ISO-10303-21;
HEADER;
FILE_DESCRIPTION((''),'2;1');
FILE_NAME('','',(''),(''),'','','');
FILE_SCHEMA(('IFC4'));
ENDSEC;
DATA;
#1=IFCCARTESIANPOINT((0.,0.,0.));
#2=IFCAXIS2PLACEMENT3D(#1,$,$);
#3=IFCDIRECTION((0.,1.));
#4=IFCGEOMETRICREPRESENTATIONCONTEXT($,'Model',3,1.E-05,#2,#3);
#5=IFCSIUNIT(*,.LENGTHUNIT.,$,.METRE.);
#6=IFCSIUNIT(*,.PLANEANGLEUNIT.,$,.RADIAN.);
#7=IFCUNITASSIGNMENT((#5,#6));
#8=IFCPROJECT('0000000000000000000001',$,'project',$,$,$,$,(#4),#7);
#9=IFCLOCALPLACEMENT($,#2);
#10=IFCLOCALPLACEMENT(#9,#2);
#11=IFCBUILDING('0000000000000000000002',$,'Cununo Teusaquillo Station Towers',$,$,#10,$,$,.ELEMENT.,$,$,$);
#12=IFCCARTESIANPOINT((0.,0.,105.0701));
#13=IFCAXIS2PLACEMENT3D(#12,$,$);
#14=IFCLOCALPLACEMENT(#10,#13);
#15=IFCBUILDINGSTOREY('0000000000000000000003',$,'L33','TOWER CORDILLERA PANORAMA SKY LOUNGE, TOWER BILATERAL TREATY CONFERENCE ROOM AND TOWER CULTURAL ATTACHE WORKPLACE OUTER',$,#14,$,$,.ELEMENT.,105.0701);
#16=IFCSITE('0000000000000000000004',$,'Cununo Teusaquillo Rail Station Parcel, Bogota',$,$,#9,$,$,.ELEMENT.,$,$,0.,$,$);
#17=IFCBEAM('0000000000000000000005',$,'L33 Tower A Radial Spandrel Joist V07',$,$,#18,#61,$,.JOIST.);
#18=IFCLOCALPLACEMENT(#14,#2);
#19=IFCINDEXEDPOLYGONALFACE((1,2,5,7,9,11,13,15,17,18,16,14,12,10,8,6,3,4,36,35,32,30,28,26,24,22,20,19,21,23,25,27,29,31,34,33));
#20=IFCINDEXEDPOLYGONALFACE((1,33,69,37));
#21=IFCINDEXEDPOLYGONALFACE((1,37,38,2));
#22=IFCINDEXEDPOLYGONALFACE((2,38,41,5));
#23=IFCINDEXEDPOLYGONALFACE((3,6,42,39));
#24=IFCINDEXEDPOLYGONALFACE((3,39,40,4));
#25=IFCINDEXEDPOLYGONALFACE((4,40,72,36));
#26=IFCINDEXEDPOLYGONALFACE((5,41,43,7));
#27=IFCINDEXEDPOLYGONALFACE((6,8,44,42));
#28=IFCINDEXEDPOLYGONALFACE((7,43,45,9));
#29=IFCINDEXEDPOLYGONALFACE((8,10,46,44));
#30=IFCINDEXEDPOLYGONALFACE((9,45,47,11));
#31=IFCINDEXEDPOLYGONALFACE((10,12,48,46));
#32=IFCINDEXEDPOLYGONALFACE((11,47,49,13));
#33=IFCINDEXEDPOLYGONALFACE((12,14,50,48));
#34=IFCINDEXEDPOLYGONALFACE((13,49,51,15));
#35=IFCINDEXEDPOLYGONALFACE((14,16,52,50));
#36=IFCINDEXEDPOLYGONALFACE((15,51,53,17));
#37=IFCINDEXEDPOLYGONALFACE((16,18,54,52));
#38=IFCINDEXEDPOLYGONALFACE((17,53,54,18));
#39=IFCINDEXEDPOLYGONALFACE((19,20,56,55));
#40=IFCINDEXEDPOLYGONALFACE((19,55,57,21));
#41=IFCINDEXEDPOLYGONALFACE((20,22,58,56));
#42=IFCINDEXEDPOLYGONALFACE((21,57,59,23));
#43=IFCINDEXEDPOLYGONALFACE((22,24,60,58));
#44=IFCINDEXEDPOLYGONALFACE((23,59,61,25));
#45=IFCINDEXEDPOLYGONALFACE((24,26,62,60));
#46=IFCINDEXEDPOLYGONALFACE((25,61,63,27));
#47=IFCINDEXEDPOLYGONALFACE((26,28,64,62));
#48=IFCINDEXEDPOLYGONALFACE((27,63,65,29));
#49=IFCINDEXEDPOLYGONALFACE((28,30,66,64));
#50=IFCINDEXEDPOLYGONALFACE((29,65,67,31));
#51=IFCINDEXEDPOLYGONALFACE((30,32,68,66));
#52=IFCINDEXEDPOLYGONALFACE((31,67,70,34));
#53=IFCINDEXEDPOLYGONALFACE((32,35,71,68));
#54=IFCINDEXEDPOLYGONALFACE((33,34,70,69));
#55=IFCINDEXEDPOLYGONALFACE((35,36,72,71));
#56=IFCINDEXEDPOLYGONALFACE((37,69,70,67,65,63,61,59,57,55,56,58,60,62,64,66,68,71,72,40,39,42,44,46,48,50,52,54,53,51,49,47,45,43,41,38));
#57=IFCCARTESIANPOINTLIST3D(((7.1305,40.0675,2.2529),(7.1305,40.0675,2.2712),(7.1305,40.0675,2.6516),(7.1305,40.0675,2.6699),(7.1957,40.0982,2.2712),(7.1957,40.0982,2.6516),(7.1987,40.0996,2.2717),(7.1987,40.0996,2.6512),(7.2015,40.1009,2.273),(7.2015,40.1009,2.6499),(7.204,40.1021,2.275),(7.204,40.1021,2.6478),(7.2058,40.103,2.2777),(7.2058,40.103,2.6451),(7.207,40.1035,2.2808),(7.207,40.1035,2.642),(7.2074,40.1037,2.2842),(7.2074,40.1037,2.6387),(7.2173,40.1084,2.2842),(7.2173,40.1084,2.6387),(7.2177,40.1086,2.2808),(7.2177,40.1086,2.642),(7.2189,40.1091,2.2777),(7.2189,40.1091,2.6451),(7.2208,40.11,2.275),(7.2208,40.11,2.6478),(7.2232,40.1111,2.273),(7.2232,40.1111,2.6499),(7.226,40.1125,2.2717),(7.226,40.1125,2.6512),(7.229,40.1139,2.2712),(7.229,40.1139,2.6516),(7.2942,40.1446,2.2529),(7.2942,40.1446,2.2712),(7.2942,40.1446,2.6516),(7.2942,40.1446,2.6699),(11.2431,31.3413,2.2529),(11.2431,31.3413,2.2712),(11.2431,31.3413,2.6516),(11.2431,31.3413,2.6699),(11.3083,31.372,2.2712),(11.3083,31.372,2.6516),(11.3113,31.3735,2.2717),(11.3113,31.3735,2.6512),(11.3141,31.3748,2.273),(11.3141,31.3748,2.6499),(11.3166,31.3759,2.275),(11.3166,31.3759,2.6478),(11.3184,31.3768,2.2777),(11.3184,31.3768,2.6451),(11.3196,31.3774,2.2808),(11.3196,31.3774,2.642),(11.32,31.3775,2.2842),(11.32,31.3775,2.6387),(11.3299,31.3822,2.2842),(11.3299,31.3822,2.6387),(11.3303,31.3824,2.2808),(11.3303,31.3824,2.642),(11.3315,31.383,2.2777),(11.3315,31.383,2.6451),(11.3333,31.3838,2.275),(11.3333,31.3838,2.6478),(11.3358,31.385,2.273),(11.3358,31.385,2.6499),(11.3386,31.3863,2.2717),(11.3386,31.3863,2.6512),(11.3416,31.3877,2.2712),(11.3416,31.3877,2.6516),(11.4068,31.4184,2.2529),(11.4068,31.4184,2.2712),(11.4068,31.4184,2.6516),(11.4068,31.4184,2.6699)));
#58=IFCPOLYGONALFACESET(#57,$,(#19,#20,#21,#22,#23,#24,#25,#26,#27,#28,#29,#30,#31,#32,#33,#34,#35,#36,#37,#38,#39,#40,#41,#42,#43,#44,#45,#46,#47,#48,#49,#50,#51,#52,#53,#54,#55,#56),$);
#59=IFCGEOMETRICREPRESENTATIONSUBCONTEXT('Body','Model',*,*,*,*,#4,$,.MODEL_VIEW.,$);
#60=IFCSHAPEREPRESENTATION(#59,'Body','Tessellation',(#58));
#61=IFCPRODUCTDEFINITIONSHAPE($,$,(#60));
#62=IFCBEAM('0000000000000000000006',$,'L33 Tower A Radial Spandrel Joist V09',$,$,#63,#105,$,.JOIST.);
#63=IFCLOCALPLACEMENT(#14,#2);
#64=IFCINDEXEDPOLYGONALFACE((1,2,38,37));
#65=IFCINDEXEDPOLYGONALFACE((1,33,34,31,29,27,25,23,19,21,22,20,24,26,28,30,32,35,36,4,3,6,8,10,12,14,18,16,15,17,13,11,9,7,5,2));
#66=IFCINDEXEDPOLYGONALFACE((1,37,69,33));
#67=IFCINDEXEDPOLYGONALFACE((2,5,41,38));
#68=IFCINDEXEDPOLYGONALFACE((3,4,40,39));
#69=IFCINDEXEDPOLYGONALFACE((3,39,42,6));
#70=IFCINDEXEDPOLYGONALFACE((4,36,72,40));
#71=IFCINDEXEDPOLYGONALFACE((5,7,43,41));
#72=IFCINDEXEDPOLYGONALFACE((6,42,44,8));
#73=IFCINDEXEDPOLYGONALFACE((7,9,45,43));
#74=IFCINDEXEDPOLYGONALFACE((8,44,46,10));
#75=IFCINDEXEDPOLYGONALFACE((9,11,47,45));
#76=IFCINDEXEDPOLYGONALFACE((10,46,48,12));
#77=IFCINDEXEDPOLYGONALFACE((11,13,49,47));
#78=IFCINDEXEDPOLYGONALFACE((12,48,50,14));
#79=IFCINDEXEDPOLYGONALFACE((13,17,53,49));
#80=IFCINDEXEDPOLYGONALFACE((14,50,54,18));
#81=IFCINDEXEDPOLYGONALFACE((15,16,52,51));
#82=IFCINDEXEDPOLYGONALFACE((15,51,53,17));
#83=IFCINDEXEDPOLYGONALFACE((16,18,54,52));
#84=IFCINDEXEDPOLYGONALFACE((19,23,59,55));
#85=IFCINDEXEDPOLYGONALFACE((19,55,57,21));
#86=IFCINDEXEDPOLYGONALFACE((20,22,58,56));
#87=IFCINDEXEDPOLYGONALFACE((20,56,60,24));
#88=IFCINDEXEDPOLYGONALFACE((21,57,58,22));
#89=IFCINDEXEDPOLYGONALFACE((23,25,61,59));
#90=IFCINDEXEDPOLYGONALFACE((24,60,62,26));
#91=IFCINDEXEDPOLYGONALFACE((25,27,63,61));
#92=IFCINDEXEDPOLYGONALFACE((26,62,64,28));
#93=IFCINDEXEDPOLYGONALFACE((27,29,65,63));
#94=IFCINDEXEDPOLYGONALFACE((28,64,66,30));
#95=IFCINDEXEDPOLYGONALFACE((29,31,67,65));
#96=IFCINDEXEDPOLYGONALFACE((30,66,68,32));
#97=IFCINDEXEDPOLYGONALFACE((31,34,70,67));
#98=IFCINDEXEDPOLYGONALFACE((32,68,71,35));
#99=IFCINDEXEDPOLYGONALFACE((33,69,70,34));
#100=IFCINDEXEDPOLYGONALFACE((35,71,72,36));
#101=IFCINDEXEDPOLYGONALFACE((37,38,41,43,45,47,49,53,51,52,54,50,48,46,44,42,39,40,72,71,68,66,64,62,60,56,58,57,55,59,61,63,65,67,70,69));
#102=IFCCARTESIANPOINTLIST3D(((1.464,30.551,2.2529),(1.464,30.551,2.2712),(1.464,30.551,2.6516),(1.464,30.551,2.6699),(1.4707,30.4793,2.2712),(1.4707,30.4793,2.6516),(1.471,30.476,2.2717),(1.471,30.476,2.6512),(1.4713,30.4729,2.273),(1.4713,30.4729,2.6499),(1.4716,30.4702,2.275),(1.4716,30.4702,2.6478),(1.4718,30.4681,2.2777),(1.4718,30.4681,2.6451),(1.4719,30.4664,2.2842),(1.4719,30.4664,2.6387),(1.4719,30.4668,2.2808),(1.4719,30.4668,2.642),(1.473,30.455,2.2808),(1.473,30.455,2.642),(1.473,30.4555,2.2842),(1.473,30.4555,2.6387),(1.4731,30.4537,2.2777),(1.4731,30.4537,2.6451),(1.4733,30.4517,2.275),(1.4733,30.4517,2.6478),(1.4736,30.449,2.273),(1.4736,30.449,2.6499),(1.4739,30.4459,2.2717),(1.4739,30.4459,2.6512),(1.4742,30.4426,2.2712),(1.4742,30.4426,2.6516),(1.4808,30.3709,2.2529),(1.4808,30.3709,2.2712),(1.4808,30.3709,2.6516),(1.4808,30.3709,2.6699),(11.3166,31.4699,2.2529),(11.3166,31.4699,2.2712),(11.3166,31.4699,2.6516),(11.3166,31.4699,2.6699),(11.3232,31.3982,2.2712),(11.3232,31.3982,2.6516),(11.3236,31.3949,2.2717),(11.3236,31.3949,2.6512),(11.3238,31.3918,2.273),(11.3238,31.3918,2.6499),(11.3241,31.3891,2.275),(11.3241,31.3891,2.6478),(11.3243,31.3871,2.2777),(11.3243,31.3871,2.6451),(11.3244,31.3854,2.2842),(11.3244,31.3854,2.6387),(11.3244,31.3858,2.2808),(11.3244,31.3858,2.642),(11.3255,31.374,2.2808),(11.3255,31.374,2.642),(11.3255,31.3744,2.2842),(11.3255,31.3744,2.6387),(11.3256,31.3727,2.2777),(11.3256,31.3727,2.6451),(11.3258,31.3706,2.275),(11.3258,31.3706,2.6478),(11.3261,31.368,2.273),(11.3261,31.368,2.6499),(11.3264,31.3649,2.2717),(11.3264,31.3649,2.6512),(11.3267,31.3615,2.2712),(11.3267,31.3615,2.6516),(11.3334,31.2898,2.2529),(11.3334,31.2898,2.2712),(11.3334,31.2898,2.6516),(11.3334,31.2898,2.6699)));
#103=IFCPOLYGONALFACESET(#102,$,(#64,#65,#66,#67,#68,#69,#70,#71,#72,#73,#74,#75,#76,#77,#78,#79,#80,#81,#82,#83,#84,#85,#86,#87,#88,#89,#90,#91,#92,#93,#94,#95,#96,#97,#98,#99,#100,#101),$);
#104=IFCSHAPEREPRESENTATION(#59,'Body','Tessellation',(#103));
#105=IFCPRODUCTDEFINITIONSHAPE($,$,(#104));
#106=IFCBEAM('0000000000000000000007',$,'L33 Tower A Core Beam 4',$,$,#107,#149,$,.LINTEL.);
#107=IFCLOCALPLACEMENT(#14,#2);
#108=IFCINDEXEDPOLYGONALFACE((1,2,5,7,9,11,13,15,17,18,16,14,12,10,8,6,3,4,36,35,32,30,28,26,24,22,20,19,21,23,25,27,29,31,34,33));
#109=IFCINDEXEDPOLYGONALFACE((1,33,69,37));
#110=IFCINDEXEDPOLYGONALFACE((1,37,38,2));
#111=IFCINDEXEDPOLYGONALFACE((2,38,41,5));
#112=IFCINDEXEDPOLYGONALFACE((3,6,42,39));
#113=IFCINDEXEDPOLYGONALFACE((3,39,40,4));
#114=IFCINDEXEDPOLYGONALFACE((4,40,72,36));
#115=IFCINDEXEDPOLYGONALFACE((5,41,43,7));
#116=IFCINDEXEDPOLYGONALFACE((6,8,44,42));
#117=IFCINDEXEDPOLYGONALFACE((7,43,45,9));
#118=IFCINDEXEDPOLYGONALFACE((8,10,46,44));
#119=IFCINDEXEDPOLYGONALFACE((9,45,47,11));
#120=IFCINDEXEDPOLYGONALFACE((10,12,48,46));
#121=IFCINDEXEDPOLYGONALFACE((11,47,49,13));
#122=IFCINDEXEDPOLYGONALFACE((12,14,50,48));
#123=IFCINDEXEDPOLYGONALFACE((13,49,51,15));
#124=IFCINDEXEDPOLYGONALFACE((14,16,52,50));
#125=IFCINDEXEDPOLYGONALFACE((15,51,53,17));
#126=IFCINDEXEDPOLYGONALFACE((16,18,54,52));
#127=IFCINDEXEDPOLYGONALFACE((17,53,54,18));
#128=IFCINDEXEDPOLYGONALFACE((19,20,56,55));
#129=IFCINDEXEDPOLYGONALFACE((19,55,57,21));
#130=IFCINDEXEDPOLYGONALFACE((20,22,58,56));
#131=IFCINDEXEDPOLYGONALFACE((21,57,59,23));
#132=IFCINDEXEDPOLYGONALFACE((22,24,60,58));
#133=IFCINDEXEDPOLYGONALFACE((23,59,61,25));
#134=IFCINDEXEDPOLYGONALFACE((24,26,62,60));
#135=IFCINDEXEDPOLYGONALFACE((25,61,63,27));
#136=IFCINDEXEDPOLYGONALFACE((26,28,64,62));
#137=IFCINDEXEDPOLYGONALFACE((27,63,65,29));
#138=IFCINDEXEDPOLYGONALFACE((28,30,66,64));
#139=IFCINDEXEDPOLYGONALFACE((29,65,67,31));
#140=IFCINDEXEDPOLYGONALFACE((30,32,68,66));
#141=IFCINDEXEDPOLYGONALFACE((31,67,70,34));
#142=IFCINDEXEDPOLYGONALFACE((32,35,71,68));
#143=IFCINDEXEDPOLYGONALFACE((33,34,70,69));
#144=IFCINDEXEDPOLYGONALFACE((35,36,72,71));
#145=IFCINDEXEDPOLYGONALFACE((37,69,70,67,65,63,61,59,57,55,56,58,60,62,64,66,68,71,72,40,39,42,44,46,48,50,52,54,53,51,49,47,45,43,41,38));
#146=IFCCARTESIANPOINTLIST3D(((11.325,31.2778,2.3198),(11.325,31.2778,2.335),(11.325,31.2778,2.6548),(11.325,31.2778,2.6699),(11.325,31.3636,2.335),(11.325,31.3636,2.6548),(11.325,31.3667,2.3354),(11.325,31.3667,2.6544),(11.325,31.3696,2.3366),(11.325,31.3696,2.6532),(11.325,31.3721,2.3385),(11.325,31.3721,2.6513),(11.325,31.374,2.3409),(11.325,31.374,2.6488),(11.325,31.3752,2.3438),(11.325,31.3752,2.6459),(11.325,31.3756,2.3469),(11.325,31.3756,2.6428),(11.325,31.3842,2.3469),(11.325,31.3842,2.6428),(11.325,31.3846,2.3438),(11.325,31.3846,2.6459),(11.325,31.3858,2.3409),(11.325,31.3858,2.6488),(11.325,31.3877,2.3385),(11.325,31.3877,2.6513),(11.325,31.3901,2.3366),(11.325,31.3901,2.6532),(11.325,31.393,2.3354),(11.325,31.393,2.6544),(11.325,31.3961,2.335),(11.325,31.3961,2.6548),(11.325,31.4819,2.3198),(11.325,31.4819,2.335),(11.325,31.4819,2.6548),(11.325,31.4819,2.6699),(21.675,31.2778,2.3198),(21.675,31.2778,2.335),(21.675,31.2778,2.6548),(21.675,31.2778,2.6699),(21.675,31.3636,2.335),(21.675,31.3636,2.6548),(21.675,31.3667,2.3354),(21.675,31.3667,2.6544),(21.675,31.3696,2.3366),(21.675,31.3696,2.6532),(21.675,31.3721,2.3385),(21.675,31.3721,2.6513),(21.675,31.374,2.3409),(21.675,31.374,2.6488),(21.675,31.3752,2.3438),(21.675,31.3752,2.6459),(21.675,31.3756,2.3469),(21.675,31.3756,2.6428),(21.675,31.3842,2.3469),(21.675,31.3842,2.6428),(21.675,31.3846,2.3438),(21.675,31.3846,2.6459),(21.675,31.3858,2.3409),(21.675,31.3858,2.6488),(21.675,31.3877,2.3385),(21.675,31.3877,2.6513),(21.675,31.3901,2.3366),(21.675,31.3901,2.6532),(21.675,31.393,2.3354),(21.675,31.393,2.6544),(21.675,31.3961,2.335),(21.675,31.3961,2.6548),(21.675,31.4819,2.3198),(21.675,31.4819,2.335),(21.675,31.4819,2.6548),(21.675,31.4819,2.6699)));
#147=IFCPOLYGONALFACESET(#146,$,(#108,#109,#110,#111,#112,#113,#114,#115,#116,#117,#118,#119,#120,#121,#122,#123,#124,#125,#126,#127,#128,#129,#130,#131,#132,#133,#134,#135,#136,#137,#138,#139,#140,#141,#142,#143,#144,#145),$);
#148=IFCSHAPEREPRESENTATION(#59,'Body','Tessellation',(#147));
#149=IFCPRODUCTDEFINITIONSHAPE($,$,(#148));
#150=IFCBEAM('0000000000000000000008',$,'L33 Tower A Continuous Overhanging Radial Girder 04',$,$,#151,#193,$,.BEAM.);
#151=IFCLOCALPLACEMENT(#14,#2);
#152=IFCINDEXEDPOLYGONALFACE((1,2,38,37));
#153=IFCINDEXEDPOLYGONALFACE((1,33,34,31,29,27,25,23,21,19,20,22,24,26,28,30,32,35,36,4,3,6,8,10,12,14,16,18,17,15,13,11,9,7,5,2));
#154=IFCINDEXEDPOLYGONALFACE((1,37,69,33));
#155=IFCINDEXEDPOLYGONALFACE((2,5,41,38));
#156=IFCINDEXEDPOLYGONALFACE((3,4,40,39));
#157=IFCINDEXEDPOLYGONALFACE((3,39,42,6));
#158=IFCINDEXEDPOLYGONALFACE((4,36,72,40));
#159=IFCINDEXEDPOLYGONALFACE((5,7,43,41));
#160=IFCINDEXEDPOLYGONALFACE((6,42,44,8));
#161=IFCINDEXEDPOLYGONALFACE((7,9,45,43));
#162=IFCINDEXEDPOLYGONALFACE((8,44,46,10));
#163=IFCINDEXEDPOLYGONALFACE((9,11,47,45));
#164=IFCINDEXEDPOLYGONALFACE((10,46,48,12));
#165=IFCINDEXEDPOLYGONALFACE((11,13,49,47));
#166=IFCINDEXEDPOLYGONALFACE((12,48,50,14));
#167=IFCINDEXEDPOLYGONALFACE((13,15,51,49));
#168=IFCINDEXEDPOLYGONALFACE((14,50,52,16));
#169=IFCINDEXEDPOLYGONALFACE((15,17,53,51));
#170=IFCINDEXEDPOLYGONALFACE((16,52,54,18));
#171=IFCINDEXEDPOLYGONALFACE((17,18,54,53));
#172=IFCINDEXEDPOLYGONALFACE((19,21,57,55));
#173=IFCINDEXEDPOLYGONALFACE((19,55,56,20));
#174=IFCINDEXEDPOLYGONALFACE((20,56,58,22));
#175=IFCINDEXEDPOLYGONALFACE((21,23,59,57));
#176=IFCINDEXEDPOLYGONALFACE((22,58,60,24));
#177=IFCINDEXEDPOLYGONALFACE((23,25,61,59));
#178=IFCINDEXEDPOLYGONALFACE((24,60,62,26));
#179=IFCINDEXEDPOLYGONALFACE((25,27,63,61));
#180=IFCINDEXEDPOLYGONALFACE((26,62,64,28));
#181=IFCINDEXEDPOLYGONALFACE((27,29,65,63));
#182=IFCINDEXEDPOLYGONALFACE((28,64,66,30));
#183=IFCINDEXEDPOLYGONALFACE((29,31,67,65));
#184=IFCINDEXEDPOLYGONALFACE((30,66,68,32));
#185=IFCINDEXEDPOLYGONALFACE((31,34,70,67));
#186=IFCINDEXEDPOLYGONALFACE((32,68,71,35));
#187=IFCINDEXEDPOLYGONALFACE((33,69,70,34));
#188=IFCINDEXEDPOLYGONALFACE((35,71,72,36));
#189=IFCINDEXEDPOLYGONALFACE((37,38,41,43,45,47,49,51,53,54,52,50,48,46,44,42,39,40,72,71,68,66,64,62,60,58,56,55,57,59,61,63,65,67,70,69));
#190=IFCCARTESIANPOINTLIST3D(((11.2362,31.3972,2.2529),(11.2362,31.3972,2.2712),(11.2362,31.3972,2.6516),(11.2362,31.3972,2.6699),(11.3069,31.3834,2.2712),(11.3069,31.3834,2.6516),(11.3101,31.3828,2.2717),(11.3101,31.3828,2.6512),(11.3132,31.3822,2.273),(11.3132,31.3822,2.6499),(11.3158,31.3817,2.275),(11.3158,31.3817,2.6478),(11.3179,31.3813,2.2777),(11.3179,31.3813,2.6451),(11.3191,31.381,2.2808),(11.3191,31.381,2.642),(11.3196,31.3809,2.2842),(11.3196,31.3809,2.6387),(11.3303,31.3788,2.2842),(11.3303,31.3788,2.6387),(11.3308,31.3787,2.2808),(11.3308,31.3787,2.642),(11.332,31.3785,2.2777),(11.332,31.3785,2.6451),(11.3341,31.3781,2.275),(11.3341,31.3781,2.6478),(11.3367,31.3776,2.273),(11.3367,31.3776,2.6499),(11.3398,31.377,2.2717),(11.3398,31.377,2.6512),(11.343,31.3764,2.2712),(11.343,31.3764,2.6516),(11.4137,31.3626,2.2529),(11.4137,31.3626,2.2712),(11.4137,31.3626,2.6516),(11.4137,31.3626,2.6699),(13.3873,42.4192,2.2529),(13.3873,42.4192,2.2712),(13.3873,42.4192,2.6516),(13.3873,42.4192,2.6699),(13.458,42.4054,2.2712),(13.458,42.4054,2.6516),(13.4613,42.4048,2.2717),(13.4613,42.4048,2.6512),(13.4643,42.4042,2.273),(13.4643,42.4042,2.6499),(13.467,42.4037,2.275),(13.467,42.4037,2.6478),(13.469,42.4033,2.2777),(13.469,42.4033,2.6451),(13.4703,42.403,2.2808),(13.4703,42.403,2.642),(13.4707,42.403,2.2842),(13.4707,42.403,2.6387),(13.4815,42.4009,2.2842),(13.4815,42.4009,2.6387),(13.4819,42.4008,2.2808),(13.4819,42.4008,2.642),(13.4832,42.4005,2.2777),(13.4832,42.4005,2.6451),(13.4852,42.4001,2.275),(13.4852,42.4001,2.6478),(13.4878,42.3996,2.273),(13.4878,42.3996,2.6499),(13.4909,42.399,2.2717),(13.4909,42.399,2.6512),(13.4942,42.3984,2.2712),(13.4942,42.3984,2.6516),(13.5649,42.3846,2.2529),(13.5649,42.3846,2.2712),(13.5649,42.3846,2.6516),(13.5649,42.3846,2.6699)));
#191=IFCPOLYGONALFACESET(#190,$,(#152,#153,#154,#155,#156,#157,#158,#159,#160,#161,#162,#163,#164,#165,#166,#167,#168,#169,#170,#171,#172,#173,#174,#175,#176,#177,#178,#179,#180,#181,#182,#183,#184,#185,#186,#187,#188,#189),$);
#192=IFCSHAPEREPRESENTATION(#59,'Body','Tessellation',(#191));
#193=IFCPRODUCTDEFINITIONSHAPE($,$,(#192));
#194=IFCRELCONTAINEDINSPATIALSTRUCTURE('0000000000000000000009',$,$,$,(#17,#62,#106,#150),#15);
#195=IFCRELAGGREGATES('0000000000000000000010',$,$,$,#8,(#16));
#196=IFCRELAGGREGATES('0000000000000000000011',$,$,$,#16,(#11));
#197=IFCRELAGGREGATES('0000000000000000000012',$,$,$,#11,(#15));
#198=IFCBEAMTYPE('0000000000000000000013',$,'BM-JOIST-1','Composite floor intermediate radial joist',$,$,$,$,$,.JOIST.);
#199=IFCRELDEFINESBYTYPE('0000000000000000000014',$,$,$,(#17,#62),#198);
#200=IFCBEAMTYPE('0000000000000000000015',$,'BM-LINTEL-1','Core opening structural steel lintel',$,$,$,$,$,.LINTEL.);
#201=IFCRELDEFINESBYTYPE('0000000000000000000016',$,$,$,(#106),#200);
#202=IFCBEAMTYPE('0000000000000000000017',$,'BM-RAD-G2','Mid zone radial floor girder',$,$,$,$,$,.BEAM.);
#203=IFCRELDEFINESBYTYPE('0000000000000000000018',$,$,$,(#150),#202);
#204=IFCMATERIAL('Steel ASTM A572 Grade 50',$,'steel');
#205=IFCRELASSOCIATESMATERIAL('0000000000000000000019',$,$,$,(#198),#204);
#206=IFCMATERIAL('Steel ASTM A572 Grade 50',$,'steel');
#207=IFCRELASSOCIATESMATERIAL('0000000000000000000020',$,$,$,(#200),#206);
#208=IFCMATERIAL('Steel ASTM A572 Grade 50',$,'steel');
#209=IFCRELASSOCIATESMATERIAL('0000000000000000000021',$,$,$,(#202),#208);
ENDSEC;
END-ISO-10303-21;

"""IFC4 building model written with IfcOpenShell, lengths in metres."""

from ifc_helpers import new_model, si_unit, direction, frame, origin, origin_2d, place, context, subcontext, project, spatial, i_section, extrude, material, material_profile, profile_set, type_object, element, save


model = new_model("IFC4")

# Units and contexts
model_context = context("Model", 3, precision=1e-05, world=origin(), true_north=direction((0.0, 1.0)))
body_context = subcontext(model_context, "Body", "Model", "MODEL_VIEW")
ifc_project = project(units=[si_unit("LENGTHUNIT", "METRE"), si_unit("PLANEANGLEUNIT", "RADIAN")], contexts=[model_context])

# Site, building, storey
site_placement = place(None, origin())
site = spatial("IfcSite", under=ifc_project, at=site_placement, Name="Cununo Teusaquillo Rail Station Parcel, Bogota", CompositionType="ELEMENT", RefElevation=0.0)
building_placement = place(site_placement, origin())
building = spatial("IfcBuilding", under=site, at=building_placement, Name="Cununo Teusaquillo Station Towers", CompositionType="ELEMENT")
storey_placement = place(building_placement, frame((0.0, 0.0, 105.0701)))
storey = spatial("IfcBuildingStorey", under=building, at=storey_placement, Name="L33", Description="TOWER CORDILLERA PANORAMA SKY LOUNGE, TOWER BILATERAL TREATY CONFERENCE ROOM AND TOWER CULTURAL ATTACHE WORKPLACE OUTER", CompositionType="ELEMENT", Elevation=105.0701)

# Beams
ifc_material_1 = material(Name="Steel ASTM A572 Grade 50", Category="steel")
ifc_material_profile_1 = material_profile(ifc_material_1, i_section(OverallWidth=0.1809, OverallDepth=0.417, WebThickness=0.011, FlangeThickness=0.0183, FilletRadius=0.0129, at=origin_2d()), Name="W16X57")
ifc_profile_set_1 = profile_set([ifc_material_profile_1], Name="Steel ASTM A572 Grade 50")
beam_type_1 = type_object("IfcBeamType", Name="BM-JOIST-1", Description="Composite floor intermediate radial joist", PredefinedType="JOIST", material=ifc_profile_set_1)
beam_1_placement = place(storey_placement, frame((11.325, 31.3799, 2.4614), z_axis=(-0.42632, 0.904572, 0.0), x_axis=(-0.904572, -0.42632, 0.0)))
element("IfcBeam", 1, at=beam_1_placement, inside=storey, type_object=beam_type_1, Name="L33 Tower A Radial Spandrel Joist V07", PredefinedType="JOIST", context=body_context, shape_type="SweptSolid", body=[
    extrude(i_section(OverallWidth=0.1809, OverallDepth=0.417, WebThickness=0.011, FlangeThickness=0.0183, FilletRadius=0.0129, at=origin_2d()), origin(), (0.0, 0.0, 1.0), 9.6467),
])
beam_2_placement = place(storey_placement, frame((11.325, 31.3799, 2.4614), z_axis=(-0.995679, -0.092867, 0.0), x_axis=(0.092867, -0.995679, 0.0)))
element("IfcBeam", 2, at=beam_2_placement, inside=storey, type_object=beam_type_1, Name="L33 Tower A Radial Spandrel Joist V09", PredefinedType="JOIST", context=body_context, shape_type="SweptSolid", body=[
    extrude(i_section(OverallWidth=0.1809, OverallDepth=0.417, WebThickness=0.011, FlangeThickness=0.0183, FilletRadius=0.0129, at=origin_2d()), origin(), (0.0, 0.0, 1.0), 9.8953),
])
ifc_material_2 = material(Name="Steel ASTM A572 Grade 50", Category="steel")
ifc_material_profile_2 = material_profile(ifc_material_2, i_section(OverallWidth=0.2041, OverallDepth=0.3501, WebThickness=0.0085, FlangeThickness=0.0151, FilletRadius=0.012, at=origin_2d()), Name="W14X48")
ifc_profile_set_2 = profile_set([ifc_material_profile_2], Name="Steel ASTM A572 Grade 50")
beam_type_2 = type_object("IfcBeamType", Name="BM-LINTEL-1", Description="Core opening structural steel lintel", PredefinedType="LINTEL", material=ifc_profile_set_2)
beam_3_placement = place(storey_placement, frame((11.325, 31.3799, 2.4949), z_axis=(1.0, 0.0, 0.0), x_axis=(0.0, 1.0, 0.0)))
element("IfcBeam", 3, at=beam_3_placement, inside=storey, type_object=beam_type_2, Name="L33 Tower A Core Beam 4", PredefinedType="LINTEL", context=body_context, shape_type="SweptSolid", body=[
    extrude(i_section(OverallWidth=0.2041, OverallDepth=0.3501, WebThickness=0.0085, FlangeThickness=0.0151, FilletRadius=0.012, at=origin_2d()), origin(), (0.0, 0.0, 1.0), 10.3501),
])
ifc_material_3 = material(Name="Steel ASTM A572 Grade 50", Category="steel")
ifc_material_profile_3 = material_profile(ifc_material_3, i_section(OverallWidth=0.1809, OverallDepth=0.417, WebThickness=0.011, FlangeThickness=0.0183, FilletRadius=0.0129, at=origin_2d()), Name="W16X57")
ifc_profile_set_3 = profile_set([ifc_material_profile_3], Name="Steel ASTM A572 Grade 50")
beam_type_3 = type_object("IfcBeamType", Name="BM-RAD-G2", Description="Mid zone radial floor girder", PredefinedType="BEAM", material=ifc_profile_set_3)
beam_4_placement = place(storey_placement, frame((11.325, 31.3799, 2.4614), z_axis=(0.191553, 0.981482, 0.0), x_axis=(-0.981482, 0.191553, 0.0)))
element("IfcBeam", 4, at=beam_4_placement, inside=storey, type_object=beam_type_3, Name="L33 Tower A Continuous Overhanging Radial Girder 04", PredefinedType="BEAM", context=body_context, shape_type="SweptSolid", body=[
    extrude(i_section(OverallWidth=0.1809, OverallDepth=0.417, WebThickness=0.011, FlangeThickness=0.0183, FilletRadius=0.0129, at=origin_2d()), origin(), (0.0, 0.0, 1.0), 11.23),
])

save(model, "model.ifc")
